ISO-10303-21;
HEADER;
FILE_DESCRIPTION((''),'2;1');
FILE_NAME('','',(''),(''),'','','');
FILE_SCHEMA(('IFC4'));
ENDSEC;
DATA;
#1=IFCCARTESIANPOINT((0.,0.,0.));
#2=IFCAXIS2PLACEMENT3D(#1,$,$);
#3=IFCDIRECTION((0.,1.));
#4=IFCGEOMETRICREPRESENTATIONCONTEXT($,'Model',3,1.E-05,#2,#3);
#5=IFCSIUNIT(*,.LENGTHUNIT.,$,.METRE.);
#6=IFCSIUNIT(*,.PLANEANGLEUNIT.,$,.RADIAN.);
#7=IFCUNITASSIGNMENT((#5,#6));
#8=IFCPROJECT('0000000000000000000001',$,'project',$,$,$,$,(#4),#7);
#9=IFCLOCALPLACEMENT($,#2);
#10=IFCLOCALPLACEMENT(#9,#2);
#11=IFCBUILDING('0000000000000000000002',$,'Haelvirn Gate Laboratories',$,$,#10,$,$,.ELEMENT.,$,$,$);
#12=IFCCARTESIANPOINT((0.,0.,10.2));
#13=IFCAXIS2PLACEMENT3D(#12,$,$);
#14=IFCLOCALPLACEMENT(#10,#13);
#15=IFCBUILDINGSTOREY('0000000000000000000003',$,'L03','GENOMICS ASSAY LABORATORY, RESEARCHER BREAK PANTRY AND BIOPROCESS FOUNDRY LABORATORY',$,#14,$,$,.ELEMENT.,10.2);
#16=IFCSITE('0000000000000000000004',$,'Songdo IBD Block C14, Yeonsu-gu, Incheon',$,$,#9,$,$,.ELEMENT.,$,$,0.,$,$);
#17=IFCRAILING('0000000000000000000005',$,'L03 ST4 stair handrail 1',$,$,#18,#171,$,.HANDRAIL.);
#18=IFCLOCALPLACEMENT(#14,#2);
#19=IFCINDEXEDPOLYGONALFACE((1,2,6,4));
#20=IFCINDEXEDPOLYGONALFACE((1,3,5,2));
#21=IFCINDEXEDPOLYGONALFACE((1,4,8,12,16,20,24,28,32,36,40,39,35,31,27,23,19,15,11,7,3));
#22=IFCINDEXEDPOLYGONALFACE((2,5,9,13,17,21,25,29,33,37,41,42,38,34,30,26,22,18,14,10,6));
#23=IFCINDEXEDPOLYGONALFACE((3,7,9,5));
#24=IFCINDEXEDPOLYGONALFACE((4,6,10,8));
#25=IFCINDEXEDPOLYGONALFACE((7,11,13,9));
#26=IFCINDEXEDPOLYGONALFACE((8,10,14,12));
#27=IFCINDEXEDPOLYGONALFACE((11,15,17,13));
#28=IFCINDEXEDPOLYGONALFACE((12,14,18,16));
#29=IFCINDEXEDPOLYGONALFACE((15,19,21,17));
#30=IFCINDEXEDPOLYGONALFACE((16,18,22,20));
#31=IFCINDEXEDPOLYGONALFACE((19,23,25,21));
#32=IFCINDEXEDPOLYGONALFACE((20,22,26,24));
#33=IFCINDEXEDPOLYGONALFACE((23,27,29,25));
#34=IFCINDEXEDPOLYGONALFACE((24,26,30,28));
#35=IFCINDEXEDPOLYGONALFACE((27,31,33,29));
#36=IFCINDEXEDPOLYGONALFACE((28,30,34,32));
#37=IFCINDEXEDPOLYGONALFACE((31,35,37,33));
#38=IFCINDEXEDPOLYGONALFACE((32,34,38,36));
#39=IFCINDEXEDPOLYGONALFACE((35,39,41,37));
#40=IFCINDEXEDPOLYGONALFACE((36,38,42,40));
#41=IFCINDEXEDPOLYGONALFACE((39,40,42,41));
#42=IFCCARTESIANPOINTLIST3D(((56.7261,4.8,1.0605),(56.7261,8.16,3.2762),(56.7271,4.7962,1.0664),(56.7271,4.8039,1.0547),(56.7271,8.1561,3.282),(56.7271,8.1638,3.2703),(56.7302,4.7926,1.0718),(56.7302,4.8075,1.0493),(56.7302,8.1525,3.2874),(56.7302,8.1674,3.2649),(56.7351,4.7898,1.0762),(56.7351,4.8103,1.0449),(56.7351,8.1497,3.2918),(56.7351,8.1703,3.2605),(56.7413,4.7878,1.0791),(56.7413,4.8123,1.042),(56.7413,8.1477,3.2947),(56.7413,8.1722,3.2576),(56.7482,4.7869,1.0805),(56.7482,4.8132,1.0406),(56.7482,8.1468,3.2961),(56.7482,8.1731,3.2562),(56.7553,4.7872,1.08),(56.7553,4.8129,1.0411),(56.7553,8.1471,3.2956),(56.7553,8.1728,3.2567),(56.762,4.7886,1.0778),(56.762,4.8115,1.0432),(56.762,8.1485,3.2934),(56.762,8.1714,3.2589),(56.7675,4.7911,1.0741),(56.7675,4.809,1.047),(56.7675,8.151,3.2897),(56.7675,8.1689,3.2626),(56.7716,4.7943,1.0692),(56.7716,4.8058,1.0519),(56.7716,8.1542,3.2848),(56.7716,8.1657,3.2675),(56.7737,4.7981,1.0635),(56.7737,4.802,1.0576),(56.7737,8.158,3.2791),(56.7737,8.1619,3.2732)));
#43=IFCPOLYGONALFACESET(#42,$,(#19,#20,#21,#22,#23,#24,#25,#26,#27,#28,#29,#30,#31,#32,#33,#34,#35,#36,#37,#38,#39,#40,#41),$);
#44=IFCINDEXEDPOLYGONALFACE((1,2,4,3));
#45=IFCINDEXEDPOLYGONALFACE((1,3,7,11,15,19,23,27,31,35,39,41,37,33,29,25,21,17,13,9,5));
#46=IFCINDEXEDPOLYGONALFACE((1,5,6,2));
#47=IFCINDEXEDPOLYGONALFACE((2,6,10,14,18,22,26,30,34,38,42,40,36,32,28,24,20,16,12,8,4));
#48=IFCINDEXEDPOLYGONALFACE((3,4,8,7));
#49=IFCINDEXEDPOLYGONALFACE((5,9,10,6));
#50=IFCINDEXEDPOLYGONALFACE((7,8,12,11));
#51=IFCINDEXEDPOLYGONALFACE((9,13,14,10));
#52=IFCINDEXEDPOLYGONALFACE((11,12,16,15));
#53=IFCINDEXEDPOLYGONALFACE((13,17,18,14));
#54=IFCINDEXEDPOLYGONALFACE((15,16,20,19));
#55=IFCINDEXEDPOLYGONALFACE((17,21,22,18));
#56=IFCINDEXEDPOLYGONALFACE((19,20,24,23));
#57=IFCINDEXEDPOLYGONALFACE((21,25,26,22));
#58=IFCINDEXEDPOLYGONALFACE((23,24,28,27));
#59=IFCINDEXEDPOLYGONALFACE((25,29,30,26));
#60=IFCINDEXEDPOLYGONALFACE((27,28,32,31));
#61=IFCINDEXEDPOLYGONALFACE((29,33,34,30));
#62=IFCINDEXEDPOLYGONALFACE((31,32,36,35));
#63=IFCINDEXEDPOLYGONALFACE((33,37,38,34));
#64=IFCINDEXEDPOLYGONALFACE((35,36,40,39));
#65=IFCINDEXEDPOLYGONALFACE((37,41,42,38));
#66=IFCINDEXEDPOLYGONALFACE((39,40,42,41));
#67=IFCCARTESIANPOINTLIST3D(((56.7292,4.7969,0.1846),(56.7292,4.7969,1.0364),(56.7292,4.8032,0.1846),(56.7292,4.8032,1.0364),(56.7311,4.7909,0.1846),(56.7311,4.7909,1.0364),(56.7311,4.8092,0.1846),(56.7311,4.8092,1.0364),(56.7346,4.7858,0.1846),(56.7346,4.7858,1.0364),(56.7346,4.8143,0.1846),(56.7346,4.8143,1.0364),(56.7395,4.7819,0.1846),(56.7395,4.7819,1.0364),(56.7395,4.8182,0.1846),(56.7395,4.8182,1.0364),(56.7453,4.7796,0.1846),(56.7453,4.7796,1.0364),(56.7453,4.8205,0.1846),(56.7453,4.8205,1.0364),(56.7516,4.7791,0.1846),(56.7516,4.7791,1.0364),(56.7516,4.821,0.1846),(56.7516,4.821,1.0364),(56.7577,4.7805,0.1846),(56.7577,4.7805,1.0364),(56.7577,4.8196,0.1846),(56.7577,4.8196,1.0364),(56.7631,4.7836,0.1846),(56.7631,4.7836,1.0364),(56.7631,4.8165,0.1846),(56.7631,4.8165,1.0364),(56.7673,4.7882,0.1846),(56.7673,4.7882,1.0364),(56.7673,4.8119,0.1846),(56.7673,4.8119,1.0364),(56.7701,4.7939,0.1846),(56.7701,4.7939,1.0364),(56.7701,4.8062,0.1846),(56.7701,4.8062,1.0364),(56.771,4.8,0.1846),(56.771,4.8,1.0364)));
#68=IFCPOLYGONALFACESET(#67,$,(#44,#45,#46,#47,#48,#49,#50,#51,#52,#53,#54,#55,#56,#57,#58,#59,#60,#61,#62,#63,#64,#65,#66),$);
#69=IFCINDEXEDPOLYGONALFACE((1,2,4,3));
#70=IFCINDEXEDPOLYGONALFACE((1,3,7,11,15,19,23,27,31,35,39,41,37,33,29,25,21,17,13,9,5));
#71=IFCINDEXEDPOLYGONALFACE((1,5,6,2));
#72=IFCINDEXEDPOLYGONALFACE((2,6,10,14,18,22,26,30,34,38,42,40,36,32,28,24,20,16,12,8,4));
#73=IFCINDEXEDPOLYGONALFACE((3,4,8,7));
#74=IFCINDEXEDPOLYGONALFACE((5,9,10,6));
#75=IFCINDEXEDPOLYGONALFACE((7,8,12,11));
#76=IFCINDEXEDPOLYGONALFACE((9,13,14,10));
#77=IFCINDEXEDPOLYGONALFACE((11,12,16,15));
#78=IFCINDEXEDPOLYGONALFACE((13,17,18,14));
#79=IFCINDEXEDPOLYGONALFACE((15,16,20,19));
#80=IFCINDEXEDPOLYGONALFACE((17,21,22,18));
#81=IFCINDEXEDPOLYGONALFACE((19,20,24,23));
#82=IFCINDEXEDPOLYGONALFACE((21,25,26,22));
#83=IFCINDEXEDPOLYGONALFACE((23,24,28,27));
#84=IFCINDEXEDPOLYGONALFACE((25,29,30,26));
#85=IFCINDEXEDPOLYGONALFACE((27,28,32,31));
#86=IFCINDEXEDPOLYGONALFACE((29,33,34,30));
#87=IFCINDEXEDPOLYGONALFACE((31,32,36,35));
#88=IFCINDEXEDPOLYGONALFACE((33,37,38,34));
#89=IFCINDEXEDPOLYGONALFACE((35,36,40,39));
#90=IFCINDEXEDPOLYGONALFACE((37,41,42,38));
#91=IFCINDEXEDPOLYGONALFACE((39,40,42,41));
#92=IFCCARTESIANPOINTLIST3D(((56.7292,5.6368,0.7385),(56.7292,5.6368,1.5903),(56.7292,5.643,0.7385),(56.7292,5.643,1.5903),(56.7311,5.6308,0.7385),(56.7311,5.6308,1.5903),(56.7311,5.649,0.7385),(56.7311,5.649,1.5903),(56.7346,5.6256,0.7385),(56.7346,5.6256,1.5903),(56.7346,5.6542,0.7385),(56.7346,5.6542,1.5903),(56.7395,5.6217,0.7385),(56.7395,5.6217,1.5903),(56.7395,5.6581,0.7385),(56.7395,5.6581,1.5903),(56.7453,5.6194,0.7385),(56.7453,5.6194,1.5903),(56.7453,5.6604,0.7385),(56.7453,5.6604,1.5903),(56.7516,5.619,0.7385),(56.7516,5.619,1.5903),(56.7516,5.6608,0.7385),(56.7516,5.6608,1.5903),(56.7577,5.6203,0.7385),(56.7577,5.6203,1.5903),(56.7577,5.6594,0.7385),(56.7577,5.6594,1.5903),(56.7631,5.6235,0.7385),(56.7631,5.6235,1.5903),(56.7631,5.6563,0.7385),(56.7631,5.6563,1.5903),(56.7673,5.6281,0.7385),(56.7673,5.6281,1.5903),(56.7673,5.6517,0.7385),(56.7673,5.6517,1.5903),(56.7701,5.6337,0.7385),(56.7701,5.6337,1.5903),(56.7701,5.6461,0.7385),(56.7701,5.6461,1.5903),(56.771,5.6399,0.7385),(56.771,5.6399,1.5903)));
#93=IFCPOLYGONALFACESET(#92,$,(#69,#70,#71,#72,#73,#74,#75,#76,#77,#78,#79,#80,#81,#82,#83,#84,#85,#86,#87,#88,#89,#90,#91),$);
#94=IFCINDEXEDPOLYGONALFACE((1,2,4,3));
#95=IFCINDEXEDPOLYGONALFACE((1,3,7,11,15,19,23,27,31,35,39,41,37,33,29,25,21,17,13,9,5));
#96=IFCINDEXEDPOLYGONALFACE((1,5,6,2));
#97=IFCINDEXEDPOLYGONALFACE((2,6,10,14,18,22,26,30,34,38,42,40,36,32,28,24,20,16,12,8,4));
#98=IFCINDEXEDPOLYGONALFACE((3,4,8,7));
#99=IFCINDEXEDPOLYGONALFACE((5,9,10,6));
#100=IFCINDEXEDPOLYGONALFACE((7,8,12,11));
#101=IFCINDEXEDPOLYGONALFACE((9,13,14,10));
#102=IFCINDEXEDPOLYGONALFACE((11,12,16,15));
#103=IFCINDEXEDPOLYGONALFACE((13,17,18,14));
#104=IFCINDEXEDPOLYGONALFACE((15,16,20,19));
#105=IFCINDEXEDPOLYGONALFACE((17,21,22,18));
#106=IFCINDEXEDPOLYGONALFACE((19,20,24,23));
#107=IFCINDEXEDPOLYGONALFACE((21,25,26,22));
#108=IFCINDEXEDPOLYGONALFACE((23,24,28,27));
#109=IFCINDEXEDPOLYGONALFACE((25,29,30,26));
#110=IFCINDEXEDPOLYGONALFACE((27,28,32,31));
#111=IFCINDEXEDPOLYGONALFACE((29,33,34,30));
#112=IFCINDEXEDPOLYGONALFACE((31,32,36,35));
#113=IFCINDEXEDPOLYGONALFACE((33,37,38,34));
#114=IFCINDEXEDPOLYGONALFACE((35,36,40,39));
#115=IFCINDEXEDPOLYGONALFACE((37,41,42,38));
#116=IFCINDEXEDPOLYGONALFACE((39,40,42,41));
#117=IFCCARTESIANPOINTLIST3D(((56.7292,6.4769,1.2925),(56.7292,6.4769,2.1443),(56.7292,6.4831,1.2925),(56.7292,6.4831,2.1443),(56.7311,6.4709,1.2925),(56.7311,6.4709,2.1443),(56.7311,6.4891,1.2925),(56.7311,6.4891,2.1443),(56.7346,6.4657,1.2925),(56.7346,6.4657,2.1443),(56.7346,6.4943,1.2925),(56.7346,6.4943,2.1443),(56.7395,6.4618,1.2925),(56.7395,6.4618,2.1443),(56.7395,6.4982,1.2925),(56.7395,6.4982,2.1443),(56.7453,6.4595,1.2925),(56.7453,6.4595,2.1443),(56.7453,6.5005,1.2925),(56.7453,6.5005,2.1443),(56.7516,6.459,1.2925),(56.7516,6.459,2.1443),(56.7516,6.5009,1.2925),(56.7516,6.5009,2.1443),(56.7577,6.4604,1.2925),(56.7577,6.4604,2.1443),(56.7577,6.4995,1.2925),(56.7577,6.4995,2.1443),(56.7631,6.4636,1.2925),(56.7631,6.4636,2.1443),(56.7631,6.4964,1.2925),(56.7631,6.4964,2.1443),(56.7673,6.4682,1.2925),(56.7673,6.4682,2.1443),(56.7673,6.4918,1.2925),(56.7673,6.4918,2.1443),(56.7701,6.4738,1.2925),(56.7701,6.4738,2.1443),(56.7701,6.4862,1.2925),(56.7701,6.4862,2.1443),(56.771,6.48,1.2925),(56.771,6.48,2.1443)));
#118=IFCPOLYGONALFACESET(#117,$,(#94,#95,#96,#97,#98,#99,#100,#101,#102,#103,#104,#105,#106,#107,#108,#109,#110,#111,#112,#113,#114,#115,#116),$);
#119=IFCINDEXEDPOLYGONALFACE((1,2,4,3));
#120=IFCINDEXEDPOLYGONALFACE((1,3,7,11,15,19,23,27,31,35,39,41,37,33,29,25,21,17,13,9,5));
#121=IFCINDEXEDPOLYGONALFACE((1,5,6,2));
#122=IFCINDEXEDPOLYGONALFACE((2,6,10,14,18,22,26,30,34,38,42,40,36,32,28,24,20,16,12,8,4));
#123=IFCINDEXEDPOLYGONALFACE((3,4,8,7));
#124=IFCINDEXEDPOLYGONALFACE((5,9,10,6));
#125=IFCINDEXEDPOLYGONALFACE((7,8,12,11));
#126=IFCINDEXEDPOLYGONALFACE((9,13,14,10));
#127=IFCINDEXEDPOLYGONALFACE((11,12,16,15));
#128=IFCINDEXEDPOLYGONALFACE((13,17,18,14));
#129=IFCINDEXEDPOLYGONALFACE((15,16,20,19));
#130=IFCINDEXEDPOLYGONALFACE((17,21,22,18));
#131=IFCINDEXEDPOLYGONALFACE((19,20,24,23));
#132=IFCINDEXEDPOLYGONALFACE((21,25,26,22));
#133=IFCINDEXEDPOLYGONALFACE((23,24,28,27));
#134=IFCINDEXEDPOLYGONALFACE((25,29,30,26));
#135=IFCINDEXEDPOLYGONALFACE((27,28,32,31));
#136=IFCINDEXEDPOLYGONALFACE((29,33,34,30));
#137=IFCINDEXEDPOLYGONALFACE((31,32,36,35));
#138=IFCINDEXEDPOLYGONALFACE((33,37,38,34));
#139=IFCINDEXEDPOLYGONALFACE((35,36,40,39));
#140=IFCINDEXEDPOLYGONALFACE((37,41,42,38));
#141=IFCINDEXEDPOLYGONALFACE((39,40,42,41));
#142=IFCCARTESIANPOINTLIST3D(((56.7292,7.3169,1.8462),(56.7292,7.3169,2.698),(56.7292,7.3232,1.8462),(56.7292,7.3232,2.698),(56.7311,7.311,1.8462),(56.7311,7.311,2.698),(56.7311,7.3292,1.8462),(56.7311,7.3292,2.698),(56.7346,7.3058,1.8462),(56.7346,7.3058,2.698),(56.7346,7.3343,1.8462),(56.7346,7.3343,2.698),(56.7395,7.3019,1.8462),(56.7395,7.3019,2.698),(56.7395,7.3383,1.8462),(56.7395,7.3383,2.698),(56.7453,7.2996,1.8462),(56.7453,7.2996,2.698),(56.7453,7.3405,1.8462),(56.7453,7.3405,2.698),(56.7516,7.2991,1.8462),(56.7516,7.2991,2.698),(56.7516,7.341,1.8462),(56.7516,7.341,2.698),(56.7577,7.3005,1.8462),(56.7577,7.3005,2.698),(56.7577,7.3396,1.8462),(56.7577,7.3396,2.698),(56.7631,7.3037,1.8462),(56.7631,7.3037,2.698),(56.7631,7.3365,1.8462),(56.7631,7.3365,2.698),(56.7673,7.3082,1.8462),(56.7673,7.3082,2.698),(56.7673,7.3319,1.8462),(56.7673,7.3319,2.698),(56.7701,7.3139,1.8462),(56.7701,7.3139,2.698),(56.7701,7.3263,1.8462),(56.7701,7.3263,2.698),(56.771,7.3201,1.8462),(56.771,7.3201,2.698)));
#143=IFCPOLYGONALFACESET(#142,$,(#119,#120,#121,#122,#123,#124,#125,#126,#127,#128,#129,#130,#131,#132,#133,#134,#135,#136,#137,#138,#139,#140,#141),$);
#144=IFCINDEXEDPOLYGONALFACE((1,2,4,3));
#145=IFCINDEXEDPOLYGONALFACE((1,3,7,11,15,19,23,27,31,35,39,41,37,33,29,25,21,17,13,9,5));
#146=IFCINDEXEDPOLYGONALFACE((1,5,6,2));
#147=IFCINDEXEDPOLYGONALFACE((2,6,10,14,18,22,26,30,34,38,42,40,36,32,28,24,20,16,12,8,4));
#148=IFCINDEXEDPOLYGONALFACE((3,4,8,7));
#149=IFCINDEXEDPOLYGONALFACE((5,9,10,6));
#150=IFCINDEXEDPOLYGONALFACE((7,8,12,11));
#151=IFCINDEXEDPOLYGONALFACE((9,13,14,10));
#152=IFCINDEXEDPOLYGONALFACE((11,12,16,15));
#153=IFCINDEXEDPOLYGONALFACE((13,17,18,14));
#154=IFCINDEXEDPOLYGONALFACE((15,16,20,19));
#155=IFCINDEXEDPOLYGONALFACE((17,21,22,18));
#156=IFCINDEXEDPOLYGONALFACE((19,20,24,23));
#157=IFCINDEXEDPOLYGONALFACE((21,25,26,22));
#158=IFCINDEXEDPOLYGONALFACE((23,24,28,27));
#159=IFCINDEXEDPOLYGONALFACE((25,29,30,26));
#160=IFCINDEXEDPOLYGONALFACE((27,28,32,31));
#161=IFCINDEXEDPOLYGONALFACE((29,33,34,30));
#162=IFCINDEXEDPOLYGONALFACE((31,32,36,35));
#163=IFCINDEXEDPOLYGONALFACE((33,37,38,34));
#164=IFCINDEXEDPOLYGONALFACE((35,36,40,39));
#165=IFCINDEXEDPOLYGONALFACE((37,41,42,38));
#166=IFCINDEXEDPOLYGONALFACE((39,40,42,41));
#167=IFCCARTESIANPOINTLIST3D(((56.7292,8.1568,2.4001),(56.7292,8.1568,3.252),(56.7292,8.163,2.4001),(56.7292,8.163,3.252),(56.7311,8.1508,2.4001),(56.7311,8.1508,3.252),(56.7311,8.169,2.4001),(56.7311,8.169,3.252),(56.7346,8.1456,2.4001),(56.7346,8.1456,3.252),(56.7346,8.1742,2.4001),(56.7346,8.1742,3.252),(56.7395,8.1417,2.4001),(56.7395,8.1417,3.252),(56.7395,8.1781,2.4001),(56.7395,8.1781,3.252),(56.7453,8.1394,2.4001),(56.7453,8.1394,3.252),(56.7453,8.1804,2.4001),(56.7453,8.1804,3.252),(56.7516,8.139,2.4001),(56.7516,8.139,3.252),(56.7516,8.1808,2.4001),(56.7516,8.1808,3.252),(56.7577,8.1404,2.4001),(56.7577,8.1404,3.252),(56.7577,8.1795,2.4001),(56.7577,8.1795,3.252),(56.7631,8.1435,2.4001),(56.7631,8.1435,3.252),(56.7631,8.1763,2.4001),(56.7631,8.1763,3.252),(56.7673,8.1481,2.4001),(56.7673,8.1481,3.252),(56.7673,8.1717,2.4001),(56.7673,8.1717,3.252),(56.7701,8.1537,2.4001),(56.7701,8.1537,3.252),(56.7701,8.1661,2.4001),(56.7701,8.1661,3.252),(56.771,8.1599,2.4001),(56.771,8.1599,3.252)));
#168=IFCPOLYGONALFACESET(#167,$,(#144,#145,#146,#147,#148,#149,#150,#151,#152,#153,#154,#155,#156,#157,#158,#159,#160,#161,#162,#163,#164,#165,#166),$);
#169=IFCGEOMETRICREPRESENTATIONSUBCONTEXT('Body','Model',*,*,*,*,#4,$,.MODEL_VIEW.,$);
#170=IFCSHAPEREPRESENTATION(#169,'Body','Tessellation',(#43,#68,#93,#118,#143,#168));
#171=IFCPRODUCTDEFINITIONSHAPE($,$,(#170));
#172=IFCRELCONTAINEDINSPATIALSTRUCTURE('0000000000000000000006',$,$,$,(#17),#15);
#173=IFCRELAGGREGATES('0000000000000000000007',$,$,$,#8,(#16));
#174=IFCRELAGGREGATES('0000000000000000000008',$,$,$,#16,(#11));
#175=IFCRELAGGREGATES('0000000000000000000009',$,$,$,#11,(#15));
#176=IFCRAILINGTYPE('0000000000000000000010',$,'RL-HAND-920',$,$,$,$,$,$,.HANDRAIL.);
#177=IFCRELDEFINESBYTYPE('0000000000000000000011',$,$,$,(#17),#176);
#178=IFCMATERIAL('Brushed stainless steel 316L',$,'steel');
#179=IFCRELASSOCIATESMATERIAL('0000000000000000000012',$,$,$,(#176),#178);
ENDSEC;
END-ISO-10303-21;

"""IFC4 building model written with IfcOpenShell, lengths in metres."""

from ifc_helpers import new_model, si_unit, direction, frame, origin, origin_2d, place, context, subcontext, project, spatial, circle, extrude, source, transform, mapped, material, type_object, type_shapes, element, save


model = new_model("IFC4")

# Units and contexts
model_context = context("Model", 3, precision=1e-05, world=origin(), true_north=direction((0.0, 1.0)))
body_context = subcontext(model_context, "Body", "Model", "MODEL_VIEW")
ifc_project = project(units=[si_unit("LENGTHUNIT", "METRE"), si_unit("PLANEANGLEUNIT", "RADIAN")], contexts=[model_context])

# Site, building, storey
site_placement = place(None, origin())
site = spatial("IfcSite", under=ifc_project, at=site_placement, Name="Songdo IBD Block C14, Yeonsu-gu, Incheon", CompositionType="ELEMENT", RefElevation=0.0)
building_placement = place(site_placement, origin())
building = spatial("IfcBuilding", under=site, at=building_placement, Name="Haelvirn Gate Laboratories", CompositionType="ELEMENT")
storey_placement = place(building_placement, frame((0.0, 0.0, 10.2)))
storey = spatial("IfcBuildingStorey", under=building, at=storey_placement, Name="L03", Description="GENOMICS ASSAY LABORATORY, RESEARCHER BREAK PANTRY AND BIOPROCESS FOUNDRY LABORATORY", CompositionType="ELEMENT", Elevation=10.2)

# Railing
ifc_material_1 = material(Name="Brushed stainless steel 316L", Category="steel")
railing_type_1 = type_object("IfcRailingType", Name="RL-HAND-920", PredefinedType="HANDRAIL", material=ifc_material_1)
shared_shape_1 = source(origin(), body_context, "Body", "SweptSolid", [
    extrude(circle(Radius=0.0239, at=origin_2d()), frame((0.0, 0.0, 0.876), z_axis=(0.0, 0.83483, 0.550508), x_axis=(-1.0, 0.0, 0.0)), (0.0, 0.0, 1.0), 4.0247),
    extrude(circle(Radius=0.021, at=origin_2d()), origin(), (0.0, 0.0, 1.0), 0.8518),
    extrude(circle(Radius=0.021, at=origin_2d()), frame((0.0, 0.8398, 0.554)), (0.0, 0.0, 1.0), 0.8518),
    extrude(circle(Radius=0.021, at=origin_2d()), frame((0.0, 1.6799, 1.1079)), (0.0, 0.0, 1.0), 0.8518),
    extrude(circle(Radius=0.021, at=origin_2d()), frame((0.0, 2.52, 1.6616)), (0.0, 0.0, 1.0), 0.8518),
    extrude(circle(Radius=0.021, at=origin_2d()), frame((0.0, 3.3599, 2.2156)), (0.0, 0.0, 1.0), 0.8518),
])
type_shapes(railing_type_1, [shared_shape_1])
railing_1_placement = place(storey_placement, frame((56.75, 4.8, 0.1846)))
element("IfcRailing", 1, at=railing_1_placement, inside=storey, type_object=railing_type_1, Name="L03 ST4 stair handrail 1", PredefinedType="HANDRAIL", context=body_context, shape_type="MappedRepresentation", body=[
    mapped(shared_shape_1, transform((0.0, 0.0, 0.0), scale=1.0)),
])

save(model, "model.ifc")
